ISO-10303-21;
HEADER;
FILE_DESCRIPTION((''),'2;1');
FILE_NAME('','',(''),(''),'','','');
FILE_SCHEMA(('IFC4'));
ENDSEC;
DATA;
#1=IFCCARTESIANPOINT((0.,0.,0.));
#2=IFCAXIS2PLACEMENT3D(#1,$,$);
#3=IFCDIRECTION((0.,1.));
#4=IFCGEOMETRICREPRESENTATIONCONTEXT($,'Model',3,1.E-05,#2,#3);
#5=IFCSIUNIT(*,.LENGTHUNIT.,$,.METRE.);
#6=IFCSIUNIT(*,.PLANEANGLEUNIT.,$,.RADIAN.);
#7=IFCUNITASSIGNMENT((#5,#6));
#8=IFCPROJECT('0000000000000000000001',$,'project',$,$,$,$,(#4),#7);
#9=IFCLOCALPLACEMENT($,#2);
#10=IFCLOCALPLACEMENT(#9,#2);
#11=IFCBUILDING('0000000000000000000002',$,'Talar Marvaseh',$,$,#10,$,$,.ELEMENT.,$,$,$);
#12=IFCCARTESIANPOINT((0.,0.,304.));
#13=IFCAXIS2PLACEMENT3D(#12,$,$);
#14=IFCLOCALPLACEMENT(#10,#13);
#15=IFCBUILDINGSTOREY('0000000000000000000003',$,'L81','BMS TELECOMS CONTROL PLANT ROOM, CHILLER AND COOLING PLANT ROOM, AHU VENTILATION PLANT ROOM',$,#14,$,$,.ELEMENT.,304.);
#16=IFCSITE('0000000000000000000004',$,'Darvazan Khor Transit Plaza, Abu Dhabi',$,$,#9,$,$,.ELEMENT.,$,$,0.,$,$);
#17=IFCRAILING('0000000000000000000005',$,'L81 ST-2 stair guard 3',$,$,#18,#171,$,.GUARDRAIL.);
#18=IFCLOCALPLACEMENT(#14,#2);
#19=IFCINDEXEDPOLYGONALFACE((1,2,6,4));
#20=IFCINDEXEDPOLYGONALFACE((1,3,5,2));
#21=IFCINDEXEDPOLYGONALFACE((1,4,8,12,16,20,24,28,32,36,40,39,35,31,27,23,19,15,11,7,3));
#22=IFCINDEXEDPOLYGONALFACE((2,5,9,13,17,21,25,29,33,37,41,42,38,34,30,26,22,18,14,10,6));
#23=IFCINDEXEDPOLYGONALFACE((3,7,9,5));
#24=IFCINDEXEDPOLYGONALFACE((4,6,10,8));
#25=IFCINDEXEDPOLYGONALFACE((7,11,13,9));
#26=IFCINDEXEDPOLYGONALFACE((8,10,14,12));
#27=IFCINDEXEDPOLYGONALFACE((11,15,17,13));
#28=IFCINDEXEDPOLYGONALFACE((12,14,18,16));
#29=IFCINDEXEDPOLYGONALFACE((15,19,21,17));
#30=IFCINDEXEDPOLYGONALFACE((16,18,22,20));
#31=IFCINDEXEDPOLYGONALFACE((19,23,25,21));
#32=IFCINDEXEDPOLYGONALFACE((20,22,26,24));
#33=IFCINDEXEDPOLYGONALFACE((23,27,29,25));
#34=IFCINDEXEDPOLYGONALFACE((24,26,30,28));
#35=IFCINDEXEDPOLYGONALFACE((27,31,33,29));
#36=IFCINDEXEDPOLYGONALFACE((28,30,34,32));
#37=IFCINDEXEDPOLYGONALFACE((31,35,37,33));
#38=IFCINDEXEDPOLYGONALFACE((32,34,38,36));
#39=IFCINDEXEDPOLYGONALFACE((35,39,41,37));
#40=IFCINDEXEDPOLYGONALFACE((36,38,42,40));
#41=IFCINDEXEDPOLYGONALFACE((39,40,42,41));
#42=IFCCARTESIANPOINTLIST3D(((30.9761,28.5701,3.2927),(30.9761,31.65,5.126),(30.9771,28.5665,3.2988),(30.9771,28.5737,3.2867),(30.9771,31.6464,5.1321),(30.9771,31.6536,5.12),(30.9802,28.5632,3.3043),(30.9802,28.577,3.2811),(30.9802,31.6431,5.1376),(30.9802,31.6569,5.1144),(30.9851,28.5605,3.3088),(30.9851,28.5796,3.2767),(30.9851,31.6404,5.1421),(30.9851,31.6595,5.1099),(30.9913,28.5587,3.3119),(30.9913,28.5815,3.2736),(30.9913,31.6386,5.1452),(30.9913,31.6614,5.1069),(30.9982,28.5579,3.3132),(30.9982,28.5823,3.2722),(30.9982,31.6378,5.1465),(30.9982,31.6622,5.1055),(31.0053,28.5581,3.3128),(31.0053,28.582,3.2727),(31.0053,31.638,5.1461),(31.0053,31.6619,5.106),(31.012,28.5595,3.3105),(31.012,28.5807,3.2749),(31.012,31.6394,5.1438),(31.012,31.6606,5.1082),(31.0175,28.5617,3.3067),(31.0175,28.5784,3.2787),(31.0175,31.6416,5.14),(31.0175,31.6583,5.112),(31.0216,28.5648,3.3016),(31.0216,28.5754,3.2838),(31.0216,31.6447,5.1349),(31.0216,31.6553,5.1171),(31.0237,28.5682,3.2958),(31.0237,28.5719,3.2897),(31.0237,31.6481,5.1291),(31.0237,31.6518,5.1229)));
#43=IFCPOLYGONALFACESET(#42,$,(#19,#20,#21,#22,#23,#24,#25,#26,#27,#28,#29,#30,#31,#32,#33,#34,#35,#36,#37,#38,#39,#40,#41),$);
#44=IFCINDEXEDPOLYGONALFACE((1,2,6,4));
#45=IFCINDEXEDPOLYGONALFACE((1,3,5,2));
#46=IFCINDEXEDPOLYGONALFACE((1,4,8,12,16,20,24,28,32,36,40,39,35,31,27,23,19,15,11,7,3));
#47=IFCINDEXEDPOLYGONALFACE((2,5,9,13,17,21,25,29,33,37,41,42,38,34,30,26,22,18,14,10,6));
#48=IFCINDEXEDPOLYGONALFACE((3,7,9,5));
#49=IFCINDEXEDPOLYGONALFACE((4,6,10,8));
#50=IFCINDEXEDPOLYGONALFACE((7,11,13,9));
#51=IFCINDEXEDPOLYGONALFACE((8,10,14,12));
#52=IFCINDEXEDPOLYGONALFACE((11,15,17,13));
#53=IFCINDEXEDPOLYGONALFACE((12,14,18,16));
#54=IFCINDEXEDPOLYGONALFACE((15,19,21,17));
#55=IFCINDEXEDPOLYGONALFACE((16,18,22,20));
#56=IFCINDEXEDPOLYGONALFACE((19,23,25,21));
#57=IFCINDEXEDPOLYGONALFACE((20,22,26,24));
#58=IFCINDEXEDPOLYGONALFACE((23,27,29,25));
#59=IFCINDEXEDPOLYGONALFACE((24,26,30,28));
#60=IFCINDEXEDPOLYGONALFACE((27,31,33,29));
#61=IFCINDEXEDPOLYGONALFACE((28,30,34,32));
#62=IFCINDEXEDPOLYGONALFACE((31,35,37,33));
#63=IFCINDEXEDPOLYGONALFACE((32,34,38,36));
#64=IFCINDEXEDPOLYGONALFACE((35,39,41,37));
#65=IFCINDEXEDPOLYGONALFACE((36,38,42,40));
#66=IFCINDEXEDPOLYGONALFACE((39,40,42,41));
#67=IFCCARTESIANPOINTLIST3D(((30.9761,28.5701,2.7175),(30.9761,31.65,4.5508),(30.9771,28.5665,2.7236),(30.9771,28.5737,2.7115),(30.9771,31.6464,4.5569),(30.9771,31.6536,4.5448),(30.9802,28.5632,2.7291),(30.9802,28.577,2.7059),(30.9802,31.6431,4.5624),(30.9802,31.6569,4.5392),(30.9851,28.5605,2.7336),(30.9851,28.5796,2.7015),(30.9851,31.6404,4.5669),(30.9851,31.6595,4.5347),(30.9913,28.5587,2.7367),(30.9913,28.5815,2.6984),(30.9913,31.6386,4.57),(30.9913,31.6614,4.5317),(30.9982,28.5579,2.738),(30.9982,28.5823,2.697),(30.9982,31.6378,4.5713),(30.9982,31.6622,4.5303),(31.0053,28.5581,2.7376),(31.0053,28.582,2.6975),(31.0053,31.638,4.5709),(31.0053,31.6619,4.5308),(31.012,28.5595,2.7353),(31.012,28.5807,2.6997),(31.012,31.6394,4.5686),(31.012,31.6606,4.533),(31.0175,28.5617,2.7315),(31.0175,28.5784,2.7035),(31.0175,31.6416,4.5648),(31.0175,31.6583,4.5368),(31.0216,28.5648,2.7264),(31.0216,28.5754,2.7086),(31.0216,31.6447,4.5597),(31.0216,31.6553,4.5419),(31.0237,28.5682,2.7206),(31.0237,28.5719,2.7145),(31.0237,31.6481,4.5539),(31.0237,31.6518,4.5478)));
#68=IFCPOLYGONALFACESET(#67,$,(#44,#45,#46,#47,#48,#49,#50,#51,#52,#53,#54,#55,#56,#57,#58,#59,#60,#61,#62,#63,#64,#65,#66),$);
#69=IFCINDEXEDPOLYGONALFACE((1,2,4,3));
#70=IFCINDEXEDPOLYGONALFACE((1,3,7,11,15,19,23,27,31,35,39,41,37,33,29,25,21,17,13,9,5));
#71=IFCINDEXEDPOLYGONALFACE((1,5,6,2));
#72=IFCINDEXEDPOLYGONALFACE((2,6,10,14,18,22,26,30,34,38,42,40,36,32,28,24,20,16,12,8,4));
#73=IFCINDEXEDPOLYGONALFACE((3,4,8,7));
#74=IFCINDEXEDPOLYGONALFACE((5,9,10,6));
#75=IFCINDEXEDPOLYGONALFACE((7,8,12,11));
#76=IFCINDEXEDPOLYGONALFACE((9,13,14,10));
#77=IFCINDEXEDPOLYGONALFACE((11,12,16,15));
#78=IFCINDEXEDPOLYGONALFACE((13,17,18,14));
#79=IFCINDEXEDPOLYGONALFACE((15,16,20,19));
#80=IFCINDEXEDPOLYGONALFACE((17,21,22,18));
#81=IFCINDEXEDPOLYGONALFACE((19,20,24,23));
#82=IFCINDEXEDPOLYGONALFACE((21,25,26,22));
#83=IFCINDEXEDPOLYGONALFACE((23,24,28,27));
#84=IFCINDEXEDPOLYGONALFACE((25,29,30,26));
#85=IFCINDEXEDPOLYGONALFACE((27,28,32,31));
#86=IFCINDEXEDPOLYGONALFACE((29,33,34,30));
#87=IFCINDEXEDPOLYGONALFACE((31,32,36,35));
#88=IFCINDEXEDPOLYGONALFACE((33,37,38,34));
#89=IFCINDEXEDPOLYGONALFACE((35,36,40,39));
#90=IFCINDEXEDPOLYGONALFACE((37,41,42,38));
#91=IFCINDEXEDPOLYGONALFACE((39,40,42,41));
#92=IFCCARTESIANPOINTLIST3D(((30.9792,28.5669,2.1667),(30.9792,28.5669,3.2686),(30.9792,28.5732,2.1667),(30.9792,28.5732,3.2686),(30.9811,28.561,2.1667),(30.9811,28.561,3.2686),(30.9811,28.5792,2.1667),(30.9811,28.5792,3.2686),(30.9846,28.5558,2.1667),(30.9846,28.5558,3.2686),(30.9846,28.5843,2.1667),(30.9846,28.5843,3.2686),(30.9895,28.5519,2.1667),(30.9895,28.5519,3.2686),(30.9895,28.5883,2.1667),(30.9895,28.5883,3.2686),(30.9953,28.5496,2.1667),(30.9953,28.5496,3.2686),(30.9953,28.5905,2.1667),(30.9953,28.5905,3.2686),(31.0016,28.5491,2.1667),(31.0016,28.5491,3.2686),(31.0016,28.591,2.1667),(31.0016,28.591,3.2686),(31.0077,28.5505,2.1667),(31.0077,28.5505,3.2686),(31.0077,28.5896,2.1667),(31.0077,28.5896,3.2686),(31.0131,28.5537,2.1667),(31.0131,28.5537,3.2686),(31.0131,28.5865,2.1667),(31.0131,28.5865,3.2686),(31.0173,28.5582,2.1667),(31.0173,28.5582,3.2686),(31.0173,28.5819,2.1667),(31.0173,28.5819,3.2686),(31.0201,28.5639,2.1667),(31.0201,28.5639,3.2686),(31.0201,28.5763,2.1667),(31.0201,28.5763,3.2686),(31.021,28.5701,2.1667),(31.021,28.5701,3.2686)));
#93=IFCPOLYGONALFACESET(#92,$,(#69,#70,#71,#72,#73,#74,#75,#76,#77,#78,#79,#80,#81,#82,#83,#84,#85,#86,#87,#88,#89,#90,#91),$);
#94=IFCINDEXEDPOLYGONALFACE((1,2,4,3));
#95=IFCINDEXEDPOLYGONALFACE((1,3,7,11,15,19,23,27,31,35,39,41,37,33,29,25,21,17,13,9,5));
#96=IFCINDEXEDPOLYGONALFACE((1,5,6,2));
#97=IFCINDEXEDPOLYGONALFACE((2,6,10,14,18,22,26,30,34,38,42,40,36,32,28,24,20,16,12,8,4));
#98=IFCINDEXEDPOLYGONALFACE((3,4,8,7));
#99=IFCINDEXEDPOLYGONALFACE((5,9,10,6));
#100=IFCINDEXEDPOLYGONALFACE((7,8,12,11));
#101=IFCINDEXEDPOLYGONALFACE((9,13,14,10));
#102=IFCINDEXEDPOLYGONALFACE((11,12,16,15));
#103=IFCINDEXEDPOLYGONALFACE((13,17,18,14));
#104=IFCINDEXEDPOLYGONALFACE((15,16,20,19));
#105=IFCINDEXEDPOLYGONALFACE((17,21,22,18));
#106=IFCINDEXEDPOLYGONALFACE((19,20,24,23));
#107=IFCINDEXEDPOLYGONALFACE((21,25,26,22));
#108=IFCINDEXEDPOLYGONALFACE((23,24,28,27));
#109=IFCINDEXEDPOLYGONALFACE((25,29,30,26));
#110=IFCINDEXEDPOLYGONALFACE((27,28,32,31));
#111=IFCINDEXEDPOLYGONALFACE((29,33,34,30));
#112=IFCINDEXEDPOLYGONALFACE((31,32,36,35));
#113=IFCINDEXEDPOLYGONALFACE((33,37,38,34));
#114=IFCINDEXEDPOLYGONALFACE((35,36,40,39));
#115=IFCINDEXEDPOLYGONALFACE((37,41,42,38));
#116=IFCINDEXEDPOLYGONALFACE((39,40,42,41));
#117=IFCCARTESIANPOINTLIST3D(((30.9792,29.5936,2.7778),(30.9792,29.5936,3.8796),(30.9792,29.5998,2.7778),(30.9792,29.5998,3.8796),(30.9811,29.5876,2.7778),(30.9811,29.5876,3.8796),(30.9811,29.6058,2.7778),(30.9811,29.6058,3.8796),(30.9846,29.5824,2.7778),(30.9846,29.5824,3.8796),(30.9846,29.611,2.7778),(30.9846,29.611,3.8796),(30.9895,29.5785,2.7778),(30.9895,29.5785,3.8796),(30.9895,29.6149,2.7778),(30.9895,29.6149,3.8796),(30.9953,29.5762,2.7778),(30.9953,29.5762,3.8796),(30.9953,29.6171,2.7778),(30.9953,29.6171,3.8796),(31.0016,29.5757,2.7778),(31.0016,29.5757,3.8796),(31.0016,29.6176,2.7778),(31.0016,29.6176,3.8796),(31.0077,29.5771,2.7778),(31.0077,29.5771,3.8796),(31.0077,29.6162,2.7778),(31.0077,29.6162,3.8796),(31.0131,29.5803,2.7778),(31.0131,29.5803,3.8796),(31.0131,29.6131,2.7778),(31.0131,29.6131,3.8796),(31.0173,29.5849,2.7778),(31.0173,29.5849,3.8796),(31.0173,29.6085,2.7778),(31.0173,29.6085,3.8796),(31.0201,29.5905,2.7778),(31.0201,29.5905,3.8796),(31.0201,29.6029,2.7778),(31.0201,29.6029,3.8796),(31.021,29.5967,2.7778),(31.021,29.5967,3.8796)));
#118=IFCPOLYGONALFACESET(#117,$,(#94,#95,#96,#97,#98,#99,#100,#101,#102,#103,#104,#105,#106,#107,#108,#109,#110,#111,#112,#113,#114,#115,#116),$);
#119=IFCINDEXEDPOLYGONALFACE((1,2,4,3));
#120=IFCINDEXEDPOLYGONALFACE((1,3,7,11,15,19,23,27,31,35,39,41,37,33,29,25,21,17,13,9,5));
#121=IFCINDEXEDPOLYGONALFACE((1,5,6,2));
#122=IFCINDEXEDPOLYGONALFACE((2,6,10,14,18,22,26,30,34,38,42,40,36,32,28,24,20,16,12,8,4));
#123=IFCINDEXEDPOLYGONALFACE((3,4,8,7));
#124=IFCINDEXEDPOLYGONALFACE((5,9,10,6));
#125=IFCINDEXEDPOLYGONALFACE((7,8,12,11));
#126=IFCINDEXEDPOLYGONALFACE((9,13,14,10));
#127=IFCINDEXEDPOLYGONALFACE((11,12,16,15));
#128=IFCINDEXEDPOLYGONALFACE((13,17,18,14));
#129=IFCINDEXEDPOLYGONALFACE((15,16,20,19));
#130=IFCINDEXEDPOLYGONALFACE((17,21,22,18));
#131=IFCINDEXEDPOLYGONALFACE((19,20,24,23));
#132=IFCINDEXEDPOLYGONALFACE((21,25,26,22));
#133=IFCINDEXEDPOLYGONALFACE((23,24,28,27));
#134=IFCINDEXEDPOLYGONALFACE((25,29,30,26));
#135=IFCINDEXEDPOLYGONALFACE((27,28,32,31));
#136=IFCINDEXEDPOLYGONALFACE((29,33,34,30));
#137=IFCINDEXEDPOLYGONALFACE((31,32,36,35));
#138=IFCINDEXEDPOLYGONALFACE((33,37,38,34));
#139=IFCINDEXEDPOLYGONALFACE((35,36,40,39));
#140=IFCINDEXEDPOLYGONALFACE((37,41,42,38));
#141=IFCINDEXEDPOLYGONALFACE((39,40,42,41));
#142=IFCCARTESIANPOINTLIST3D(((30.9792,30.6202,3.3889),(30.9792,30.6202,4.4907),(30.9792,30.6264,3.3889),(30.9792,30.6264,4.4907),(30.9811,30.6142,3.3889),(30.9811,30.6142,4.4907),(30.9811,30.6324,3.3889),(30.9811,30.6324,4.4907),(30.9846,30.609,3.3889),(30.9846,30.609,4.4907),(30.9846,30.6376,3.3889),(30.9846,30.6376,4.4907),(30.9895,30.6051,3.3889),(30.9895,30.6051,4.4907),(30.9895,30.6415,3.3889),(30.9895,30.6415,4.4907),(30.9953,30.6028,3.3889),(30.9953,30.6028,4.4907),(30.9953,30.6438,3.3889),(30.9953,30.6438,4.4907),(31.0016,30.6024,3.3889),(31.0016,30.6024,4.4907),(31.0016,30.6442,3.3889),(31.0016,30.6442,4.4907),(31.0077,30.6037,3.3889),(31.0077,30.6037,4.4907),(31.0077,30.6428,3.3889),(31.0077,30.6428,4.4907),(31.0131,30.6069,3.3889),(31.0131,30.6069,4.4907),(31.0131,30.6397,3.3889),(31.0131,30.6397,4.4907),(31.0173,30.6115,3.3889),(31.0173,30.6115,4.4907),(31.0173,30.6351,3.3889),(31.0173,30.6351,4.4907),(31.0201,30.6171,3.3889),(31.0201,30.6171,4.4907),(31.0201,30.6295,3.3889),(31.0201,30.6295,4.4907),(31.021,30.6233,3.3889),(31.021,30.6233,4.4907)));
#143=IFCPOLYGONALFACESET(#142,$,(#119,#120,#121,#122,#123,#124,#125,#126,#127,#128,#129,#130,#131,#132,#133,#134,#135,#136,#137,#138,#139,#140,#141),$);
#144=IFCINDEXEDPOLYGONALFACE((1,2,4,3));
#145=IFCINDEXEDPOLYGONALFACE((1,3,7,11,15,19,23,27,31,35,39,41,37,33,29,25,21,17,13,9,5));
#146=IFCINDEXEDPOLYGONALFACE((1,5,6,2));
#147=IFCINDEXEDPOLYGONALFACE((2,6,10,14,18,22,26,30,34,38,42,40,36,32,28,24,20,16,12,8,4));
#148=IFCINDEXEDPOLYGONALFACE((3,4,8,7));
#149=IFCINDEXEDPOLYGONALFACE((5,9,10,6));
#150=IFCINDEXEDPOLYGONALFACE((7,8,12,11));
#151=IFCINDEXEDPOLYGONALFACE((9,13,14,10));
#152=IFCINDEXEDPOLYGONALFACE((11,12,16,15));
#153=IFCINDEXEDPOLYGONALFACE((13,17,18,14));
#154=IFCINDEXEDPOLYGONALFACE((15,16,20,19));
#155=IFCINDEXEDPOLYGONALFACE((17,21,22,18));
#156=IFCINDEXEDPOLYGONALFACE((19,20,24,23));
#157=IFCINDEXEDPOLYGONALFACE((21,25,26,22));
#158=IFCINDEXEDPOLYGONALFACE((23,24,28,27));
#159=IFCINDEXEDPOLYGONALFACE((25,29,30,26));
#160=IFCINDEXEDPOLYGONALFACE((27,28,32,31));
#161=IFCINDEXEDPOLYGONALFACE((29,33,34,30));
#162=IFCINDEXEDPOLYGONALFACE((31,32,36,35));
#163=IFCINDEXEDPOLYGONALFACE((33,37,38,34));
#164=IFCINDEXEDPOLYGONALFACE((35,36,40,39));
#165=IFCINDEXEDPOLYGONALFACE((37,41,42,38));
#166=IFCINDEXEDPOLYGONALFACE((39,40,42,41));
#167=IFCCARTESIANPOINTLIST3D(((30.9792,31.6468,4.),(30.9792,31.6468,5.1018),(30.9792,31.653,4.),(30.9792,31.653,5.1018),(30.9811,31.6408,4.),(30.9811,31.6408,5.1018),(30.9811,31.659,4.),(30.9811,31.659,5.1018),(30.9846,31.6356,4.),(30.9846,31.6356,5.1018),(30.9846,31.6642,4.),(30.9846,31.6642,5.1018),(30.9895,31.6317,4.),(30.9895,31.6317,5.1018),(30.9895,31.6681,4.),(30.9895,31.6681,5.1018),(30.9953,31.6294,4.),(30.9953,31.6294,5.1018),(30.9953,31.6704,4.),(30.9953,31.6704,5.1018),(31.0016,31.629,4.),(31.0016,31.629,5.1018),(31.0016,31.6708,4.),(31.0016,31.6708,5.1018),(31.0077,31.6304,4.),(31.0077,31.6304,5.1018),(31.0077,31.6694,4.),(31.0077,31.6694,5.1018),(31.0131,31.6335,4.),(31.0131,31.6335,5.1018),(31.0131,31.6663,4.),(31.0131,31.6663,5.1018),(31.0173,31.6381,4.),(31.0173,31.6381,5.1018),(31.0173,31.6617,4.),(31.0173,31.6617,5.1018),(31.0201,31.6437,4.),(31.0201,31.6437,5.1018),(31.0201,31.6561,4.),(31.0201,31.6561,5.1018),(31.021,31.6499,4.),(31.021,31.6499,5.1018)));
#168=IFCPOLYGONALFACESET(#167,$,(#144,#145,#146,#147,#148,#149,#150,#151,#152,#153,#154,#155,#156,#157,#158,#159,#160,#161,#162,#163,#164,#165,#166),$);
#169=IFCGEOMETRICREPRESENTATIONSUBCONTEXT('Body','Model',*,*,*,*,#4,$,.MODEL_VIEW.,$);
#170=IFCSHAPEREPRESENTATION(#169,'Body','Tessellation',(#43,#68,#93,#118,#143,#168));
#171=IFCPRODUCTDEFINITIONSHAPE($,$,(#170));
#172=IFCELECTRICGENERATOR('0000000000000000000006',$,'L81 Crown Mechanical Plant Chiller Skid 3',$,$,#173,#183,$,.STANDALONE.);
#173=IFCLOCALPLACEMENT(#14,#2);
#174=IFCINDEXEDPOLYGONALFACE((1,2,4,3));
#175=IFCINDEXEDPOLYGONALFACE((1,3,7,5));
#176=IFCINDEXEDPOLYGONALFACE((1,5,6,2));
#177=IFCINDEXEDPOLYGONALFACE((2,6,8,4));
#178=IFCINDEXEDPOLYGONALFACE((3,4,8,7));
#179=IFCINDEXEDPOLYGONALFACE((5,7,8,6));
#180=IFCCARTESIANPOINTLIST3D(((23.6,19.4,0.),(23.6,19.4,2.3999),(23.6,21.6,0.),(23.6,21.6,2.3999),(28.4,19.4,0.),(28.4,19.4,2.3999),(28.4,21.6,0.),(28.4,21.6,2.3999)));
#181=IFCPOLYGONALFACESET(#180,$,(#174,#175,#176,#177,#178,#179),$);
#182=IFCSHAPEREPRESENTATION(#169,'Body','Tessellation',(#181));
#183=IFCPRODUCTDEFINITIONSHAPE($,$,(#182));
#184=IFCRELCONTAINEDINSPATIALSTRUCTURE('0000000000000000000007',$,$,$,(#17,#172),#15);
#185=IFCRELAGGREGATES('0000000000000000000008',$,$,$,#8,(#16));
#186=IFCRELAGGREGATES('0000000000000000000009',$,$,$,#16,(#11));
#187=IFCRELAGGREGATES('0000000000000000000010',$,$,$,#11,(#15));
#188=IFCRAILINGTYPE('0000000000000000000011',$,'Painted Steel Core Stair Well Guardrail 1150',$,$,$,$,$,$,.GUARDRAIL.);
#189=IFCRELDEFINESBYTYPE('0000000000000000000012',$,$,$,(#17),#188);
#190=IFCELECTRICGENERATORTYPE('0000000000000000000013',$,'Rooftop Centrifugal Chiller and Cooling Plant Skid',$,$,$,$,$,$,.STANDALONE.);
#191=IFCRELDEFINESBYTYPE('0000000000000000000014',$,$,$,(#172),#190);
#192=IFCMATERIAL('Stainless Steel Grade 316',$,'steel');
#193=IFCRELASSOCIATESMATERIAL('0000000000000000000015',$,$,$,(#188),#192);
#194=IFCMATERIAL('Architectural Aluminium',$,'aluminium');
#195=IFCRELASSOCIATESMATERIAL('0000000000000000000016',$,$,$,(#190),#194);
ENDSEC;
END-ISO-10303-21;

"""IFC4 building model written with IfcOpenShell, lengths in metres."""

from ifc_helpers import new_model, si_unit, direction, frame, origin, origin_2d, place, context, subcontext, project, spatial, rectangle, circle, extrude, source, transform, mapped, material, type_object, type_shapes, element, save


model = new_model("IFC4")

# Units and contexts
model_context = context("Model", 3, precision=1e-05, world=origin(), true_north=direction((0.0, 1.0)))
body_context = subcontext(model_context, "Body", "Model", "MODEL_VIEW")
ifc_project = project(units=[si_unit("LENGTHUNIT", "METRE"), si_unit("PLANEANGLEUNIT", "RADIAN")], contexts=[model_context])

# Site, building, storey
site_placement = place(None, origin())
site = spatial("IfcSite", under=ifc_project, at=site_placement, Name="Darvazan Khor Transit Plaza, Abu Dhabi", CompositionType="ELEMENT", RefElevation=0.0)
building_placement = place(site_placement, origin())
building = spatial("IfcBuilding", under=site, at=building_placement, Name="Talar Marvaseh", CompositionType="ELEMENT")
storey_placement = place(building_placement, frame((0.0, 0.0, 304.0)))
storey = spatial("IfcBuildingStorey", under=building, at=storey_placement, Name="L81", Description="BMS TELECOMS CONTROL PLANT ROOM, CHILLER AND COOLING PLANT ROOM, AHU VENTILATION PLANT ROOM", CompositionType="ELEMENT", Elevation=304.0)

# Shared definitions
ifc_material_1 = material(Name="Architectural Aluminium", Category="aluminium")

# Railing
ifc_material_2 = material(Name="Stainless Steel Grade 316", Category="steel")
railing_type_1 = type_object("IfcRailingType", Name="Painted Steel Core Stair Well Guardrail 1150", PredefinedType="GUARDRAIL", material=ifc_material_2)
railing_1_placement = place(storey_placement, frame((31.0, 28.5701, 2.1667)))
element("IfcRailing", 1, at=railing_1_placement, inside=storey, type_object=railing_type_1, Name="L81 ST-2 stair guard 3", PredefinedType="GUARDRAIL", context=body_context, shape_type="SweptSolid", body=[
    extrude(circle(Radius=0.0239, at=origin_2d()), frame((0.0, 0.0, 1.126), z_axis=(0.0, 0.859291, 0.511487), x_axis=(-1.0, 0.0, 0.0)), (0.0, 0.0, 1.0), 3.5842),
    extrude(circle(Radius=0.0239, at=origin_2d()), frame((0.0, 0.0, 0.5508), z_axis=(0.0, 0.859291, 0.511487), x_axis=(-1.0, 0.0, 0.0)), (0.0, 0.0, 1.0), 3.5842),
    extrude(circle(Radius=0.021, at=origin_2d()), origin(), (0.0, 0.0, 1.0), 1.1018),
    extrude(circle(Radius=0.021, at=origin_2d()), frame((0.0, 1.0266, 0.6111)), (0.0, 0.0, 1.0), 1.1018),
    extrude(circle(Radius=0.021, at=origin_2d()), frame((0.0, 2.0532, 1.2222)), (0.0, 0.0, 1.0), 1.1018),
    extrude(circle(Radius=0.021, at=origin_2d()), frame((0.0, 3.0798, 1.8333)), (0.0, 0.0, 1.0), 1.1018),
])

# Electric generator
electric_generator_type = type_object("IfcElectricGeneratorType", Name="Rooftop Centrifugal Chiller and Cooling Plant Skid", PredefinedType="STANDALONE", material=ifc_material_1)
shared_shape_1 = source(origin(), body_context, "Body", "SweptSolid", [
    extrude(rectangle(XDim=4.8, YDim=2.2, at=origin_2d()), origin(), (0.0, 0.0, 1.0), 2.3999),
])
type_shapes(electric_generator_type, [shared_shape_1])
electric_generator_placement = place(storey_placement, frame((26.0, 20.5, 0.0), z_axis=(0.0, 0.0, 1.0), x_axis=(1.0, 0.0, 0.0)))
element("IfcElectricGenerator", 2, at=electric_generator_placement, inside=storey, type_object=electric_generator_type, Name="L81 Crown Mechanical Plant Chiller Skid 3", PredefinedType="STANDALONE", context=body_context, shape_type="MappedRepresentation", body=[
    mapped(shared_shape_1, transform((0.0, 0.0, 0.0), x_axis=(1.0, 0.0, 0.0), y_axis=(0.0, 1.0, 0.0), z_axis=(0.0, 0.0, 1.0), scale=1.0)),
])

save(model, "model.ifc")
